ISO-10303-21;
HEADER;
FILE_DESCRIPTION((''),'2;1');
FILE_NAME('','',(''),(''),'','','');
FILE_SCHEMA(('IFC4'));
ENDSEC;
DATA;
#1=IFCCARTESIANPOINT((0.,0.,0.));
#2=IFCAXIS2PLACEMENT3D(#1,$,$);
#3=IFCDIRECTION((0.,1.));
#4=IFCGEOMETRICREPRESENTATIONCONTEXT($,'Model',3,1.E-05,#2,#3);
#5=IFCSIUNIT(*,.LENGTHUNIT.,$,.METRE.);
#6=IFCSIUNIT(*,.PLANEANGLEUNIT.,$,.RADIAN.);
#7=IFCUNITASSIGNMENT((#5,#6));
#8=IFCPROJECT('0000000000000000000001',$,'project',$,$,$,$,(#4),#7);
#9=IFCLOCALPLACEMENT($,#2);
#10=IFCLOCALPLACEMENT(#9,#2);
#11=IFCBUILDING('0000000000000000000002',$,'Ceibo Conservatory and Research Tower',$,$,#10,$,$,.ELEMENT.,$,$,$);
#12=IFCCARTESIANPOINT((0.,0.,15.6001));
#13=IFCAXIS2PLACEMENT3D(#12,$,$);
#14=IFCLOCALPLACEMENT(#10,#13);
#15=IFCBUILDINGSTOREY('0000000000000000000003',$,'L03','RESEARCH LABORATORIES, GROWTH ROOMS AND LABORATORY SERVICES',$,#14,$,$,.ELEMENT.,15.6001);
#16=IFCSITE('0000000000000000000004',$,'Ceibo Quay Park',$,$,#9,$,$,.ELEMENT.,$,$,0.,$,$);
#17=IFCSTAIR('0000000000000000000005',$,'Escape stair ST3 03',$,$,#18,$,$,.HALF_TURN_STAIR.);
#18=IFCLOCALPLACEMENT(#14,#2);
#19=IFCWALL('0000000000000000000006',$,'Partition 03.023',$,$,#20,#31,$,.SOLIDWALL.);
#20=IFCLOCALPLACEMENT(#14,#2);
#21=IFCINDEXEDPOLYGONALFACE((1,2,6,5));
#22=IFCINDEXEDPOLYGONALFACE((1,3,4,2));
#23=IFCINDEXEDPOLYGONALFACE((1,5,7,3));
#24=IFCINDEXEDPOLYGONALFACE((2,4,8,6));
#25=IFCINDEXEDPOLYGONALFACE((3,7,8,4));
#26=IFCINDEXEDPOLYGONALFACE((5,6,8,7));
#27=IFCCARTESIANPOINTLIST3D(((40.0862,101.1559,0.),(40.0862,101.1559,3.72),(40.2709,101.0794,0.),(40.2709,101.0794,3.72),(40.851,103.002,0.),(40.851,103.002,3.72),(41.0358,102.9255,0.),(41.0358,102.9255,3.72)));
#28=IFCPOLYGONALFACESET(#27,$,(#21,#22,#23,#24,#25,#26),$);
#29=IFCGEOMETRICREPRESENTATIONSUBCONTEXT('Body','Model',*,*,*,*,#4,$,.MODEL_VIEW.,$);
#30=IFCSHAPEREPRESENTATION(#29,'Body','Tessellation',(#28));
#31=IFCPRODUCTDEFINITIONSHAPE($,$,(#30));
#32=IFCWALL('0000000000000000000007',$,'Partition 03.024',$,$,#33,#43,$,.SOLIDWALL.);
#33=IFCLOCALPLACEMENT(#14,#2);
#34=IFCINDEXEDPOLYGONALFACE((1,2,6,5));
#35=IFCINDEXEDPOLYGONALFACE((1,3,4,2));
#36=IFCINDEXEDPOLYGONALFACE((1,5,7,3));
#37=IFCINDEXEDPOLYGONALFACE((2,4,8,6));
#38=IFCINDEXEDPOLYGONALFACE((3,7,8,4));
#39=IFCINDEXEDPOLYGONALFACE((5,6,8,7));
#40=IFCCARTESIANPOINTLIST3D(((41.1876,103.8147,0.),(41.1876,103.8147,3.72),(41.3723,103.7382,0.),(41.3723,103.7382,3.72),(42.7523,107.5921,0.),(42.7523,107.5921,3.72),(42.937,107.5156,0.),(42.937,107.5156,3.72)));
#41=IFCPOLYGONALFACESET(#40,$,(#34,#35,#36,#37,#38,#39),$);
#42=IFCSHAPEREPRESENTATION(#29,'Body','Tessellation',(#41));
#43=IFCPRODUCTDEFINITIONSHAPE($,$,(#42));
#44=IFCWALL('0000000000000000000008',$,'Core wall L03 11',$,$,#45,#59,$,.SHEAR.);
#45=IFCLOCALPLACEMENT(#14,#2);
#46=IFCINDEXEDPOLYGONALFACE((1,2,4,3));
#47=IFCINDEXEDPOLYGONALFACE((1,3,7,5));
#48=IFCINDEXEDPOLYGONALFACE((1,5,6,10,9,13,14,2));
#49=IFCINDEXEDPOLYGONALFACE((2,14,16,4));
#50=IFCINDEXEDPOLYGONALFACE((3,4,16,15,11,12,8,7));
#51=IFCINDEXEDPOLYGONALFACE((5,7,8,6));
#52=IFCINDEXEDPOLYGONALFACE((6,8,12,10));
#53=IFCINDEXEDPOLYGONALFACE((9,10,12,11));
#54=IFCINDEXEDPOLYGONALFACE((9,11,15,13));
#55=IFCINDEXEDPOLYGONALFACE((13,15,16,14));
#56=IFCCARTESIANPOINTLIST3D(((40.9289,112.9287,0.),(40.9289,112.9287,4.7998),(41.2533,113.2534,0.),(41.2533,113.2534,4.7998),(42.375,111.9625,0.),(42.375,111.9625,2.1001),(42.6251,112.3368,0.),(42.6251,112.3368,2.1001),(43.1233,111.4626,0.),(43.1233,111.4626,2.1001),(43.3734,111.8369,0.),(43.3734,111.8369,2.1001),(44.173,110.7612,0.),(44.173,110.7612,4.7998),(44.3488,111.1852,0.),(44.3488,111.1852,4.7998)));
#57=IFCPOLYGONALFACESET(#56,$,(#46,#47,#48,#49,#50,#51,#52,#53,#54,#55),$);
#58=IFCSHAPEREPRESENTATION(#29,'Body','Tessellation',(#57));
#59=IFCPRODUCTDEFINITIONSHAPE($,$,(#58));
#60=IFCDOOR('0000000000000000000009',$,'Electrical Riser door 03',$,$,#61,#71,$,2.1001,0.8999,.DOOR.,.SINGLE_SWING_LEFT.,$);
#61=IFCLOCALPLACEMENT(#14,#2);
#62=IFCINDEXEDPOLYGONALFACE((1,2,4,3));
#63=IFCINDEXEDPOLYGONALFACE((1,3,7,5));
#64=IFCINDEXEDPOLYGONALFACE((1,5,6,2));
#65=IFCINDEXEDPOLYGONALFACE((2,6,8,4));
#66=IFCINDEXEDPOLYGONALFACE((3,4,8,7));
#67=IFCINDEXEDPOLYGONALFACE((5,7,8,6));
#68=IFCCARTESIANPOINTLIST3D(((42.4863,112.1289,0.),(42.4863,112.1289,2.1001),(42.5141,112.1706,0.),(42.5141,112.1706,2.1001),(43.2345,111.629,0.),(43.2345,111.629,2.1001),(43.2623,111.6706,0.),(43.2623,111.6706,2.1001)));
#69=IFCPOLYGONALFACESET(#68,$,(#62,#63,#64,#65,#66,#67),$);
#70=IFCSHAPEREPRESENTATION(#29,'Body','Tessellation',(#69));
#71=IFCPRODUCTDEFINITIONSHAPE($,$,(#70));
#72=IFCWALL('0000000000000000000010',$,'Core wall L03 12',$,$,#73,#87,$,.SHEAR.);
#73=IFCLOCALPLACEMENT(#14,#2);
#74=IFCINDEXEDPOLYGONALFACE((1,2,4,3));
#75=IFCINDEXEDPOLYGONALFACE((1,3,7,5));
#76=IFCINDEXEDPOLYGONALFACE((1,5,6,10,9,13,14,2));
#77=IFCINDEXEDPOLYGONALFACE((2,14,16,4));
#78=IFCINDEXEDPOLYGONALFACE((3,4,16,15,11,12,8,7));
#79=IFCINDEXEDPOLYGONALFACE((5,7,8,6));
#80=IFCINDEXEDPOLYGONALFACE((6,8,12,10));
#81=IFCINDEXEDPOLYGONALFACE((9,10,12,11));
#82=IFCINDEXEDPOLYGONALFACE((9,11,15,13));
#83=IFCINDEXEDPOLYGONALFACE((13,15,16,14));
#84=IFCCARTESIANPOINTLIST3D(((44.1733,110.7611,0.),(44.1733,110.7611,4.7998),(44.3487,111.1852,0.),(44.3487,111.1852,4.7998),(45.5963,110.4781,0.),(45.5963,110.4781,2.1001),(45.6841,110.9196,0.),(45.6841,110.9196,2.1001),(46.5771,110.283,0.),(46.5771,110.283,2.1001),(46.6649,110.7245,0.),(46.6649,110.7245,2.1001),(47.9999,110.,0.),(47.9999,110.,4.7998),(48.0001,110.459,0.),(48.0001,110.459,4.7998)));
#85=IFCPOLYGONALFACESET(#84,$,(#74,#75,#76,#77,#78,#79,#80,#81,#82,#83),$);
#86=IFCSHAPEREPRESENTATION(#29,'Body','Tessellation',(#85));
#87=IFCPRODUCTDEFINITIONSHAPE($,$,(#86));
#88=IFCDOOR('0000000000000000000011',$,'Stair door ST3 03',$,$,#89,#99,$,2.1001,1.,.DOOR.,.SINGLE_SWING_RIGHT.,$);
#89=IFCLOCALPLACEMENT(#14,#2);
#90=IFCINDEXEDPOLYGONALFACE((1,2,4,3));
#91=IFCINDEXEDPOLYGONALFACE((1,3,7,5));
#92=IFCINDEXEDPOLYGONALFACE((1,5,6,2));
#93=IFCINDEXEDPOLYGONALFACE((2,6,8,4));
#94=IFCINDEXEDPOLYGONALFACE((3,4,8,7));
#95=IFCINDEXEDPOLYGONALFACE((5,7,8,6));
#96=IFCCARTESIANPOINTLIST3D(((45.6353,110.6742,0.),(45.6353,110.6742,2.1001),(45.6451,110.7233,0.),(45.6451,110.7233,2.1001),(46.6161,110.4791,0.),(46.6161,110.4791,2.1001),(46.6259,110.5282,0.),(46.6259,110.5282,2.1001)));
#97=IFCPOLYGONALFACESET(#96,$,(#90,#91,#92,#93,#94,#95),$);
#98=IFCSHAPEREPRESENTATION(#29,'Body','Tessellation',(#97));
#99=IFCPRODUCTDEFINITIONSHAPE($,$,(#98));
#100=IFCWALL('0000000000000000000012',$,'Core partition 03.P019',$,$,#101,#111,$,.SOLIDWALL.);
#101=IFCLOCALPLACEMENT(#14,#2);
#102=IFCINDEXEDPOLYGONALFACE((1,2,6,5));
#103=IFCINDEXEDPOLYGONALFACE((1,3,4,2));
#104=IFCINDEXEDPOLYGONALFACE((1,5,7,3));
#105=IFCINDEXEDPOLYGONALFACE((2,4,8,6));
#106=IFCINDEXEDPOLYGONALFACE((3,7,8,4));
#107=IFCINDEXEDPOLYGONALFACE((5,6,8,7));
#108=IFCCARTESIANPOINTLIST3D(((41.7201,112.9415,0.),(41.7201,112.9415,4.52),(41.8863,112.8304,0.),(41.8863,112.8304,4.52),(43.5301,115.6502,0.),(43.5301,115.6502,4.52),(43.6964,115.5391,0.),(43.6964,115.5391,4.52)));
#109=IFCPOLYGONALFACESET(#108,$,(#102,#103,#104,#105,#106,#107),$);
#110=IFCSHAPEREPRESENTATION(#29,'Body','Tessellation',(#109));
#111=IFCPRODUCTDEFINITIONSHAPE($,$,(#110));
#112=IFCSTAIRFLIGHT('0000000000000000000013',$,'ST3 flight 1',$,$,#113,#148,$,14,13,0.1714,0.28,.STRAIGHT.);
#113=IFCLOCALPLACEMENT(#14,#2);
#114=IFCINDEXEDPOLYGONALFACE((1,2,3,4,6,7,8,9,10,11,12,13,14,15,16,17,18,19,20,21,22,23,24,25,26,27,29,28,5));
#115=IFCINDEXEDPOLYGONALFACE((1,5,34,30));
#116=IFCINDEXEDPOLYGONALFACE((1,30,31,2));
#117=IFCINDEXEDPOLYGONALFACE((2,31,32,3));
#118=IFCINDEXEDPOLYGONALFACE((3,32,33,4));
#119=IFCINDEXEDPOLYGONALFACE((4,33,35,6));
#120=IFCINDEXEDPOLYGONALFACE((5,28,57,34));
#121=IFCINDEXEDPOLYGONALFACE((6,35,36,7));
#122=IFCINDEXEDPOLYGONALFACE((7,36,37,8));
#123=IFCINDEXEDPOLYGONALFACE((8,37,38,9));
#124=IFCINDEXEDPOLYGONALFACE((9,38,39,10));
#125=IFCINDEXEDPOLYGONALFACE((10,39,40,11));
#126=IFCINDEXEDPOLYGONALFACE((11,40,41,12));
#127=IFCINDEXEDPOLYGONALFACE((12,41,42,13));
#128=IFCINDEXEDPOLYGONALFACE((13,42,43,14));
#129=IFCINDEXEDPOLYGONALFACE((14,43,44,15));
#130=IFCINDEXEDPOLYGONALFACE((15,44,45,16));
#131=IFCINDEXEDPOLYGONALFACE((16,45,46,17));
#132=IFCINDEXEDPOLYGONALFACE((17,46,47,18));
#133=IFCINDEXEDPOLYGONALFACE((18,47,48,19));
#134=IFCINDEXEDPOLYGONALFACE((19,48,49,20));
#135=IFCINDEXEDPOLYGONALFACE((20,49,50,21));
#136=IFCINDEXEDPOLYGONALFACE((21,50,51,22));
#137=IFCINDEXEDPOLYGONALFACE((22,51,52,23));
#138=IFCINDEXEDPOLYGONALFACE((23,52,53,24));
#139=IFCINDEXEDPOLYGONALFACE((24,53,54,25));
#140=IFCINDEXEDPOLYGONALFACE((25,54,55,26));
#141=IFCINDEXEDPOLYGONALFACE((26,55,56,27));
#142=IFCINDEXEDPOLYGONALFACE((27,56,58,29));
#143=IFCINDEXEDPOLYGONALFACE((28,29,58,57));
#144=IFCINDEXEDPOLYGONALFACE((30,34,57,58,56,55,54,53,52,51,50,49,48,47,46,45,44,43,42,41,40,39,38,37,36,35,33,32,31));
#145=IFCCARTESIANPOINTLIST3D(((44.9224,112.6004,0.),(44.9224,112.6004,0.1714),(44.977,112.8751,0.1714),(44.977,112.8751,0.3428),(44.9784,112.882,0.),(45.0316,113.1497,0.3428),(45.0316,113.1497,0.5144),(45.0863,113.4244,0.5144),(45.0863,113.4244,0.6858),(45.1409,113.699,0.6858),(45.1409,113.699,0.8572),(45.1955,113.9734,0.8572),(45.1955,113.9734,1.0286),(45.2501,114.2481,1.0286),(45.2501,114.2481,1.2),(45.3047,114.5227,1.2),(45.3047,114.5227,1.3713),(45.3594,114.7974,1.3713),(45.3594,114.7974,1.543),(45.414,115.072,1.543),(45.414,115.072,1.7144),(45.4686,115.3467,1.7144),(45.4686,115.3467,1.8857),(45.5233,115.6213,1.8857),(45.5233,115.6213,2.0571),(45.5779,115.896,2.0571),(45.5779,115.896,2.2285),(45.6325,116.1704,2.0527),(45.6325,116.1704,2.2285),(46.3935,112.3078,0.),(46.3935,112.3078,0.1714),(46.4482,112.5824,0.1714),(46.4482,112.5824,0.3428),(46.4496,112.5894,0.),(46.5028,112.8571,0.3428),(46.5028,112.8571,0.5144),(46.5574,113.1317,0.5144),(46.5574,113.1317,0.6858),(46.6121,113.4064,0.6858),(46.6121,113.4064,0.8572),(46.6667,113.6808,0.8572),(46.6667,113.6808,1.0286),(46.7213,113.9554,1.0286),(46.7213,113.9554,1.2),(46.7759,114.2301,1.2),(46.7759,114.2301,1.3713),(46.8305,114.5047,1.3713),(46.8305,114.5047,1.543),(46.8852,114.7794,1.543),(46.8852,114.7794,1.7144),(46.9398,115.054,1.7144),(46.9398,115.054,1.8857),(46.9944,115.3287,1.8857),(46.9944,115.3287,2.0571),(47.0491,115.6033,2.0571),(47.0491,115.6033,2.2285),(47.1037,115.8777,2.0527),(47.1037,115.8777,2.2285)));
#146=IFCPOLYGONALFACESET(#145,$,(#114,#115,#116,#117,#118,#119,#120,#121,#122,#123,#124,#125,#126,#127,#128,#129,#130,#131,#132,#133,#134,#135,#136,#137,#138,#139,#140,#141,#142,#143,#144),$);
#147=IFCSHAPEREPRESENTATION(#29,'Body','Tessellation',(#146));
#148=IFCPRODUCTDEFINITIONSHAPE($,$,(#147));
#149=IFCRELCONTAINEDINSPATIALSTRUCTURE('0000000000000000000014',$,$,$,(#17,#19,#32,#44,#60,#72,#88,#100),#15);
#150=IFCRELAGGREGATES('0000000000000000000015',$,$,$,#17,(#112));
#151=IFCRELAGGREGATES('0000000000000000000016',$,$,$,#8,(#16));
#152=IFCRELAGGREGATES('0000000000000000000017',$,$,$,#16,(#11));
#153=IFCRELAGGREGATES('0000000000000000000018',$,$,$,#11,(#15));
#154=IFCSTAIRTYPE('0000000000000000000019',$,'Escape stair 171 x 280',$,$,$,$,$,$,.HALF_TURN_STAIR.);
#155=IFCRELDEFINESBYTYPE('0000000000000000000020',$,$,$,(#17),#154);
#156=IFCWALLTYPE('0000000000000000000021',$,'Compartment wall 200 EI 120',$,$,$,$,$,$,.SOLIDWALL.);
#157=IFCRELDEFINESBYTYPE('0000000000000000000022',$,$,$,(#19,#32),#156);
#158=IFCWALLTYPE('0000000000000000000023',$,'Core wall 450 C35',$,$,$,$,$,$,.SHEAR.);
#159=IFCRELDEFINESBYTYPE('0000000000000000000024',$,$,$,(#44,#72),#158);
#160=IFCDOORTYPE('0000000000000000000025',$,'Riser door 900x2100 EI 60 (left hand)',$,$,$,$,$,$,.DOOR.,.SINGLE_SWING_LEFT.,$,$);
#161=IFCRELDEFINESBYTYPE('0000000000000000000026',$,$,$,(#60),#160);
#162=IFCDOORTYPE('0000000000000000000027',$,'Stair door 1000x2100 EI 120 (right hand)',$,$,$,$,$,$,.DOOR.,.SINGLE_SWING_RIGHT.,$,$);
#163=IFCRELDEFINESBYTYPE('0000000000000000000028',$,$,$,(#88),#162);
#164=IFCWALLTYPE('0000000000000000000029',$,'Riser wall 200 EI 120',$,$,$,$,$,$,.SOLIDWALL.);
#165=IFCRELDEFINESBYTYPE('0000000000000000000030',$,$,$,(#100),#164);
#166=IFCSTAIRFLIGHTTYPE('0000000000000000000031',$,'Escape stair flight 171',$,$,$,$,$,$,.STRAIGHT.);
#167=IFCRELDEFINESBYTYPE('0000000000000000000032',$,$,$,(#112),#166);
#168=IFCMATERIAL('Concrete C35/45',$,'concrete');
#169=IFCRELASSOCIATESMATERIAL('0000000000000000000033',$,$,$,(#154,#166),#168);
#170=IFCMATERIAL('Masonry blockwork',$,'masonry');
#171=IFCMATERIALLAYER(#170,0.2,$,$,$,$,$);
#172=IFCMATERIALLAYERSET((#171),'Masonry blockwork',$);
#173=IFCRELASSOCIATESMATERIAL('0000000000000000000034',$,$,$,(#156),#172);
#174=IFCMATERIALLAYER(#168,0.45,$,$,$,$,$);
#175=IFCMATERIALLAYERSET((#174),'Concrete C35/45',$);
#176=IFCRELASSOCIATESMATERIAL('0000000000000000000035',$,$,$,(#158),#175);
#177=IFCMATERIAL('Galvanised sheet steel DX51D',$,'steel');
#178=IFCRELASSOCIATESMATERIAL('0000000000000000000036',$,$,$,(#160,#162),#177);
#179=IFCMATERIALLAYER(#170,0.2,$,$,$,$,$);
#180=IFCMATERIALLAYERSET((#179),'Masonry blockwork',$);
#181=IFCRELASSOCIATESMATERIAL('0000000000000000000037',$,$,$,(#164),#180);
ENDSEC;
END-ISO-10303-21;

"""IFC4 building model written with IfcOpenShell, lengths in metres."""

from ifc_helpers import new_model, si_unit, direction, frame, frame_2d, origin, place, context, subcontext, project, spatial, polyline, rectangle, outline, extrude, material, layer, layer_set, type_object, element, fill, aggregate, save


model = new_model("IFC4")

# Units and contexts
model_context = context("Model", 3, precision=1e-05, world=origin(), true_north=direction((0.0, 1.0)))
body_context = subcontext(model_context, "Body", "Model", "MODEL_VIEW")
ifc_project = project(units=[si_unit("LENGTHUNIT", "METRE"), si_unit("PLANEANGLEUNIT", "RADIAN")], contexts=[model_context])

# Site, building, storey
site_placement = place(None, origin())
site = spatial("IfcSite", under=ifc_project, at=site_placement, Name="Ceibo Quay Park", CompositionType="ELEMENT", RefElevation=0.0)
building_placement = place(site_placement, origin())
building = spatial("IfcBuilding", under=site, at=building_placement, Name="Ceibo Conservatory and Research Tower", CompositionType="ELEMENT")
storey_placement = place(building_placement, frame((0.0, 0.0, 15.6001)))
storey = spatial("IfcBuildingStorey", under=building, at=storey_placement, Name="L03", Description="RESEARCH LABORATORIES, GROWTH ROOMS AND LABORATORY SERVICES", CompositionType="ELEMENT", Elevation=15.6001)

# Shared definitions
ifc_material_1 = material(Name="Concrete C35/45", Category="concrete")

# Stair
stair_type = type_object("IfcStairType", Name="Escape stair 171 x 280", PredefinedType="HALF_TURN_STAIR", material=ifc_material_1)
stair_placement = place(storey_placement, origin())
stair = element("IfcStair", 1, at=stair_placement, inside=storey, type_object=stair_type, Name="Escape stair ST3 03", PredefinedType="HALF_TURN_STAIR")

# Shared definitions
ifc_material_2 = material(Name="Masonry blockwork", Category="masonry")
ifc_layer_1 = layer(ifc_material_2, 0.2)
ifc_layer_set_1 = layer_set([ifc_layer_1], Name="Masonry blockwork")
wall_type_1 = type_object("IfcWallType", Name="Compartment wall 200 EI 120", PredefinedType="SOLIDWALL", material=ifc_layer_set_1)
ifc_material_3 = material(Name="Galvanised sheet steel DX51D", Category="steel")

# Walls
wall_1_placement = place(storey_placement, frame((40.9434, 102.9636, 0.0), z_axis=(0.0, 0.0, 1.0), x_axis=(-0.382758, -0.923849, 0.0)))
element("IfcWall", 2, at=wall_1_placement, inside=storey, type_object=wall_type_1, Name="Partition 03.023", PredefinedType="SOLIDWALL", context=body_context, shape_type="SweptSolid", body=[
    extrude(rectangle(XDim=1.9983, YDim=0.2, at=frame_2d((0.999, 0.0))), origin(), (0.0, 0.0, 1.0), 3.72),
])
wall_2_placement = place(storey_placement, frame((42.8447, 107.554, 0.0), z_axis=(0.0, 0.0, 1.0), x_axis=(-0.382698, -0.923873, 0.0)))
element("IfcWall", 3, at=wall_2_placement, inside=storey, type_object=wall_type_1, Name="Partition 03.024", PredefinedType="SOLIDWALL", context=body_context, shape_type="SweptSolid", body=[
    extrude(rectangle(XDim=4.0886, YDim=0.2, at=frame_2d((2.0444, 0.0))), origin(), (0.0, 0.0, 1.0), 3.72),
])

# Walls, openings, doors
ifc_layer_2 = layer(ifc_material_1, 0.45)
ifc_layer_set_2 = layer_set([ifc_layer_2], Name="Concrete C35/45")
wall_type_2 = type_object("IfcWallType", Name="Core wall 450 C35", PredefinedType="SHEAR", material=ifc_layer_set_2)
wall_3_placement = place(storey_placement, frame((41.0911, 113.0911, 0.0), z_axis=(0.0, 0.0, 1.0), x_axis=(0.831488, -0.555542, 0.0)))
wall_3 = element("IfcWall", 4, at=wall_3_placement, inside=storey, type_object=wall_type_2, Name="Core wall L03 11", PredefinedType="SHEAR", context=body_context, shape_type="SweptSolid", body=[
    extrude(outline(polyline([(-0.0447, -0.2251), (3.8569, -0.2251), (3.7676, 0.2251), (0.0447, 0.2251), (-0.0447, -0.2251)])), origin(), (0.0, 0.0, 1.0), 4.7998),
])
opening_1_placement = place(wall_3_placement, frame((1.6946, 0.0, 0.0)))
opening_1 = element("IfcOpeningElement", 5, at=opening_1_placement, cuts=wall_3, PredefinedType="OPENING", context=body_context, shape_type="SweptSolid", body=[
    extrude(rectangle(XDim=0.8999, YDim=2.1001, at=frame_2d((0.45, 1.05))), frame((0.0, 0.2349, 0.0), z_axis=(0.0, -1.0, 0.0), x_axis=(1.0, 0.0, 0.0)), (0.0, 0.0, 1.0), 0.47),
])
door_type_1 = type_object("IfcDoorType", Name="Riser door 900x2100 EI 60 (left hand)", OperationType="SINGLE_SWING_LEFT", PredefinedType="DOOR", material=ifc_material_3)
door_1_placement = place(opening_1_placement, frame((0.8999, 0.0, 0.0), z_axis=(0.0, 0.0, 1.0), x_axis=(-1.0, 0.0, 0.0)))
door_1 = element("IfcDoor", 6, at=door_1_placement, inside=storey, type_object=door_type_1, Name="Electrical Riser door 03", OperationType="SINGLE_SWING_LEFT", OverallHeight=2.1001, OverallWidth=0.8999, PredefinedType="DOOR", context=body_context, shape_type="SweptSolid", body=[
    extrude(rectangle(XDim=0.8999, YDim=2.1001, at=frame_2d((0.45, 1.05))), frame((0.0, 0.0249, 0.0), z_axis=(0.0, -1.0, 0.0), x_axis=(1.0, 0.0, 0.0)), (0.0, 0.0, 1.0), 0.05),
])
fill(opening_1, door_1)
wall_4_placement = place(storey_placement, frame((44.261, 110.9731, 0.0), z_axis=(0.0, 0.0, 1.0), x_axis=(0.980789, -0.195069, 0.0)))
wall_4 = element("IfcWall", 7, at=wall_4_placement, inside=storey, type_object=wall_type_2, Name="Core wall L03 12", PredefinedType="SHEAR", context=body_context, shape_type="SweptSolid", body=[
    extrude(outline(polyline([(-0.0447, -0.2251), (3.8569, -0.2251), (3.7676, 0.2251), (0.0447, 0.2251), (-0.0447, -0.2251)])), origin(), (0.0, 0.0, 1.0), 4.7998),
])
opening_2_placement = place(wall_4_placement, frame((1.4062, 0.0, 0.0)))
opening_2 = element("IfcOpeningElement", 8, at=opening_2_placement, cuts=wall_4, PredefinedType="OPENING", context=body_context, shape_type="SweptSolid", body=[
    extrude(rectangle(XDim=1.0, YDim=2.1001, at=frame_2d((0.5, 1.05))), frame((0.0, 0.2349, 0.0), z_axis=(0.0, -1.0, 0.0), x_axis=(1.0, 0.0, 0.0)), (0.0, 0.0, 1.0), 0.47),
])
door_type_2 = type_object("IfcDoorType", Name="Stair door 1000x2100 EI 120 (right hand)", OperationType="SINGLE_SWING_RIGHT", PredefinedType="DOOR", material=ifc_material_3)
door_2_placement = place(opening_2_placement, origin())
door_2 = element("IfcDoor", 9, at=door_2_placement, inside=storey, type_object=door_type_2, Name="Stair door ST3 03", OperationType="SINGLE_SWING_RIGHT", OverallHeight=2.1001, OverallWidth=1.0, PredefinedType="DOOR", context=body_context, shape_type="SweptSolid", body=[
    extrude(rectangle(XDim=1.0, YDim=2.1001, at=frame_2d((0.5, 1.05))), frame((0.0, 0.0249, 0.0), z_axis=(0.0, -1.0, 0.0), x_axis=(1.0, 0.0, 0.0)), (0.0, 0.0, 1.0), 0.05),
])
fill(opening_2, door_2)

# Wall
ifc_layer_3 = layer(ifc_material_2, 0.2)
ifc_layer_set_3 = layer_set([ifc_layer_3], Name="Masonry blockwork")
wall_type_3 = type_object("IfcWallType", Name="Riser wall 200 EI 120", PredefinedType="SOLIDWALL", material=ifc_layer_set_3)
wall_5_placement = place(storey_placement, frame((41.8032, 112.886, 0.0), z_axis=(0.0, 0.0, 1.0), x_axis=(0.555599, 0.83145, 0.0)))
element("IfcWall", 10, at=wall_5_placement, inside=storey, type_object=wall_type_3, Name="Core partition 03.P019", PredefinedType="SOLIDWALL", context=body_context, shape_type="SweptSolid", body=[
    extrude(rectangle(XDim=3.2578, YDim=0.2, at=frame_2d((1.6289, 0.0))), origin(), (0.0, 0.0, 1.0), 4.52),
])

# Stair flight
stair_flight_type = type_object("IfcStairFlightType", Name="Escape stair flight 171", PredefinedType="STRAIGHT", material=ifc_material_1)
stair_flight_placement = place(storey_placement, frame((45.658, 112.4541, 0.0), z_axis=(0.0, 0.0, 1.0), x_axis=(0.19509, 0.980785, 0.0)))
stair_flight = element("IfcStairFlight", 11, at=stair_flight_placement, type_object=stair_flight_type, Name="ST3 flight 1", NumberOfRisers=14, NumberOfTreads=13, PredefinedType="STRAIGHT", RiserHeight=0.1714, TreadLength=0.28, context=body_context, shape_type="SweptSolid", body=[
    extrude(outline(polyline([(0.0, 0.0), (0.0, 0.1714), (0.28, 0.1714), (0.28, 0.3428), (0.5601, 0.3428), (0.5601, 0.5144), (0.8401, 0.5144), (0.8401, 0.6858), (1.1201, 0.6858), (1.1201, 0.8572), (1.3999, 0.8572), (1.3999, 1.0286), (1.6799, 1.0286), (1.6799, 1.2), (1.96, 1.2), (1.96, 1.3713), (2.24, 1.3713), (2.24, 1.543), (2.52, 1.543), (2.52, 1.7144), (2.8, 1.7144), (2.8, 1.8857), (3.0801, 1.8857), (3.0801, 2.0571), (3.3601, 2.0571), (3.3601, 2.2285), (3.6399, 2.2285), (3.6399, 2.3999), (3.6399, 2.0527), (0.2871, 0.0), (0.0, 0.0)])), frame((0.0, 0.75, 0.0), z_axis=(0.0, -1.0, 0.0), x_axis=(1.0, 0.0, 0.0)), (0.0, 0.0, 1.0), 1.5),
])
aggregate(stair, [stair_flight])

save(model, "model.ifc")
